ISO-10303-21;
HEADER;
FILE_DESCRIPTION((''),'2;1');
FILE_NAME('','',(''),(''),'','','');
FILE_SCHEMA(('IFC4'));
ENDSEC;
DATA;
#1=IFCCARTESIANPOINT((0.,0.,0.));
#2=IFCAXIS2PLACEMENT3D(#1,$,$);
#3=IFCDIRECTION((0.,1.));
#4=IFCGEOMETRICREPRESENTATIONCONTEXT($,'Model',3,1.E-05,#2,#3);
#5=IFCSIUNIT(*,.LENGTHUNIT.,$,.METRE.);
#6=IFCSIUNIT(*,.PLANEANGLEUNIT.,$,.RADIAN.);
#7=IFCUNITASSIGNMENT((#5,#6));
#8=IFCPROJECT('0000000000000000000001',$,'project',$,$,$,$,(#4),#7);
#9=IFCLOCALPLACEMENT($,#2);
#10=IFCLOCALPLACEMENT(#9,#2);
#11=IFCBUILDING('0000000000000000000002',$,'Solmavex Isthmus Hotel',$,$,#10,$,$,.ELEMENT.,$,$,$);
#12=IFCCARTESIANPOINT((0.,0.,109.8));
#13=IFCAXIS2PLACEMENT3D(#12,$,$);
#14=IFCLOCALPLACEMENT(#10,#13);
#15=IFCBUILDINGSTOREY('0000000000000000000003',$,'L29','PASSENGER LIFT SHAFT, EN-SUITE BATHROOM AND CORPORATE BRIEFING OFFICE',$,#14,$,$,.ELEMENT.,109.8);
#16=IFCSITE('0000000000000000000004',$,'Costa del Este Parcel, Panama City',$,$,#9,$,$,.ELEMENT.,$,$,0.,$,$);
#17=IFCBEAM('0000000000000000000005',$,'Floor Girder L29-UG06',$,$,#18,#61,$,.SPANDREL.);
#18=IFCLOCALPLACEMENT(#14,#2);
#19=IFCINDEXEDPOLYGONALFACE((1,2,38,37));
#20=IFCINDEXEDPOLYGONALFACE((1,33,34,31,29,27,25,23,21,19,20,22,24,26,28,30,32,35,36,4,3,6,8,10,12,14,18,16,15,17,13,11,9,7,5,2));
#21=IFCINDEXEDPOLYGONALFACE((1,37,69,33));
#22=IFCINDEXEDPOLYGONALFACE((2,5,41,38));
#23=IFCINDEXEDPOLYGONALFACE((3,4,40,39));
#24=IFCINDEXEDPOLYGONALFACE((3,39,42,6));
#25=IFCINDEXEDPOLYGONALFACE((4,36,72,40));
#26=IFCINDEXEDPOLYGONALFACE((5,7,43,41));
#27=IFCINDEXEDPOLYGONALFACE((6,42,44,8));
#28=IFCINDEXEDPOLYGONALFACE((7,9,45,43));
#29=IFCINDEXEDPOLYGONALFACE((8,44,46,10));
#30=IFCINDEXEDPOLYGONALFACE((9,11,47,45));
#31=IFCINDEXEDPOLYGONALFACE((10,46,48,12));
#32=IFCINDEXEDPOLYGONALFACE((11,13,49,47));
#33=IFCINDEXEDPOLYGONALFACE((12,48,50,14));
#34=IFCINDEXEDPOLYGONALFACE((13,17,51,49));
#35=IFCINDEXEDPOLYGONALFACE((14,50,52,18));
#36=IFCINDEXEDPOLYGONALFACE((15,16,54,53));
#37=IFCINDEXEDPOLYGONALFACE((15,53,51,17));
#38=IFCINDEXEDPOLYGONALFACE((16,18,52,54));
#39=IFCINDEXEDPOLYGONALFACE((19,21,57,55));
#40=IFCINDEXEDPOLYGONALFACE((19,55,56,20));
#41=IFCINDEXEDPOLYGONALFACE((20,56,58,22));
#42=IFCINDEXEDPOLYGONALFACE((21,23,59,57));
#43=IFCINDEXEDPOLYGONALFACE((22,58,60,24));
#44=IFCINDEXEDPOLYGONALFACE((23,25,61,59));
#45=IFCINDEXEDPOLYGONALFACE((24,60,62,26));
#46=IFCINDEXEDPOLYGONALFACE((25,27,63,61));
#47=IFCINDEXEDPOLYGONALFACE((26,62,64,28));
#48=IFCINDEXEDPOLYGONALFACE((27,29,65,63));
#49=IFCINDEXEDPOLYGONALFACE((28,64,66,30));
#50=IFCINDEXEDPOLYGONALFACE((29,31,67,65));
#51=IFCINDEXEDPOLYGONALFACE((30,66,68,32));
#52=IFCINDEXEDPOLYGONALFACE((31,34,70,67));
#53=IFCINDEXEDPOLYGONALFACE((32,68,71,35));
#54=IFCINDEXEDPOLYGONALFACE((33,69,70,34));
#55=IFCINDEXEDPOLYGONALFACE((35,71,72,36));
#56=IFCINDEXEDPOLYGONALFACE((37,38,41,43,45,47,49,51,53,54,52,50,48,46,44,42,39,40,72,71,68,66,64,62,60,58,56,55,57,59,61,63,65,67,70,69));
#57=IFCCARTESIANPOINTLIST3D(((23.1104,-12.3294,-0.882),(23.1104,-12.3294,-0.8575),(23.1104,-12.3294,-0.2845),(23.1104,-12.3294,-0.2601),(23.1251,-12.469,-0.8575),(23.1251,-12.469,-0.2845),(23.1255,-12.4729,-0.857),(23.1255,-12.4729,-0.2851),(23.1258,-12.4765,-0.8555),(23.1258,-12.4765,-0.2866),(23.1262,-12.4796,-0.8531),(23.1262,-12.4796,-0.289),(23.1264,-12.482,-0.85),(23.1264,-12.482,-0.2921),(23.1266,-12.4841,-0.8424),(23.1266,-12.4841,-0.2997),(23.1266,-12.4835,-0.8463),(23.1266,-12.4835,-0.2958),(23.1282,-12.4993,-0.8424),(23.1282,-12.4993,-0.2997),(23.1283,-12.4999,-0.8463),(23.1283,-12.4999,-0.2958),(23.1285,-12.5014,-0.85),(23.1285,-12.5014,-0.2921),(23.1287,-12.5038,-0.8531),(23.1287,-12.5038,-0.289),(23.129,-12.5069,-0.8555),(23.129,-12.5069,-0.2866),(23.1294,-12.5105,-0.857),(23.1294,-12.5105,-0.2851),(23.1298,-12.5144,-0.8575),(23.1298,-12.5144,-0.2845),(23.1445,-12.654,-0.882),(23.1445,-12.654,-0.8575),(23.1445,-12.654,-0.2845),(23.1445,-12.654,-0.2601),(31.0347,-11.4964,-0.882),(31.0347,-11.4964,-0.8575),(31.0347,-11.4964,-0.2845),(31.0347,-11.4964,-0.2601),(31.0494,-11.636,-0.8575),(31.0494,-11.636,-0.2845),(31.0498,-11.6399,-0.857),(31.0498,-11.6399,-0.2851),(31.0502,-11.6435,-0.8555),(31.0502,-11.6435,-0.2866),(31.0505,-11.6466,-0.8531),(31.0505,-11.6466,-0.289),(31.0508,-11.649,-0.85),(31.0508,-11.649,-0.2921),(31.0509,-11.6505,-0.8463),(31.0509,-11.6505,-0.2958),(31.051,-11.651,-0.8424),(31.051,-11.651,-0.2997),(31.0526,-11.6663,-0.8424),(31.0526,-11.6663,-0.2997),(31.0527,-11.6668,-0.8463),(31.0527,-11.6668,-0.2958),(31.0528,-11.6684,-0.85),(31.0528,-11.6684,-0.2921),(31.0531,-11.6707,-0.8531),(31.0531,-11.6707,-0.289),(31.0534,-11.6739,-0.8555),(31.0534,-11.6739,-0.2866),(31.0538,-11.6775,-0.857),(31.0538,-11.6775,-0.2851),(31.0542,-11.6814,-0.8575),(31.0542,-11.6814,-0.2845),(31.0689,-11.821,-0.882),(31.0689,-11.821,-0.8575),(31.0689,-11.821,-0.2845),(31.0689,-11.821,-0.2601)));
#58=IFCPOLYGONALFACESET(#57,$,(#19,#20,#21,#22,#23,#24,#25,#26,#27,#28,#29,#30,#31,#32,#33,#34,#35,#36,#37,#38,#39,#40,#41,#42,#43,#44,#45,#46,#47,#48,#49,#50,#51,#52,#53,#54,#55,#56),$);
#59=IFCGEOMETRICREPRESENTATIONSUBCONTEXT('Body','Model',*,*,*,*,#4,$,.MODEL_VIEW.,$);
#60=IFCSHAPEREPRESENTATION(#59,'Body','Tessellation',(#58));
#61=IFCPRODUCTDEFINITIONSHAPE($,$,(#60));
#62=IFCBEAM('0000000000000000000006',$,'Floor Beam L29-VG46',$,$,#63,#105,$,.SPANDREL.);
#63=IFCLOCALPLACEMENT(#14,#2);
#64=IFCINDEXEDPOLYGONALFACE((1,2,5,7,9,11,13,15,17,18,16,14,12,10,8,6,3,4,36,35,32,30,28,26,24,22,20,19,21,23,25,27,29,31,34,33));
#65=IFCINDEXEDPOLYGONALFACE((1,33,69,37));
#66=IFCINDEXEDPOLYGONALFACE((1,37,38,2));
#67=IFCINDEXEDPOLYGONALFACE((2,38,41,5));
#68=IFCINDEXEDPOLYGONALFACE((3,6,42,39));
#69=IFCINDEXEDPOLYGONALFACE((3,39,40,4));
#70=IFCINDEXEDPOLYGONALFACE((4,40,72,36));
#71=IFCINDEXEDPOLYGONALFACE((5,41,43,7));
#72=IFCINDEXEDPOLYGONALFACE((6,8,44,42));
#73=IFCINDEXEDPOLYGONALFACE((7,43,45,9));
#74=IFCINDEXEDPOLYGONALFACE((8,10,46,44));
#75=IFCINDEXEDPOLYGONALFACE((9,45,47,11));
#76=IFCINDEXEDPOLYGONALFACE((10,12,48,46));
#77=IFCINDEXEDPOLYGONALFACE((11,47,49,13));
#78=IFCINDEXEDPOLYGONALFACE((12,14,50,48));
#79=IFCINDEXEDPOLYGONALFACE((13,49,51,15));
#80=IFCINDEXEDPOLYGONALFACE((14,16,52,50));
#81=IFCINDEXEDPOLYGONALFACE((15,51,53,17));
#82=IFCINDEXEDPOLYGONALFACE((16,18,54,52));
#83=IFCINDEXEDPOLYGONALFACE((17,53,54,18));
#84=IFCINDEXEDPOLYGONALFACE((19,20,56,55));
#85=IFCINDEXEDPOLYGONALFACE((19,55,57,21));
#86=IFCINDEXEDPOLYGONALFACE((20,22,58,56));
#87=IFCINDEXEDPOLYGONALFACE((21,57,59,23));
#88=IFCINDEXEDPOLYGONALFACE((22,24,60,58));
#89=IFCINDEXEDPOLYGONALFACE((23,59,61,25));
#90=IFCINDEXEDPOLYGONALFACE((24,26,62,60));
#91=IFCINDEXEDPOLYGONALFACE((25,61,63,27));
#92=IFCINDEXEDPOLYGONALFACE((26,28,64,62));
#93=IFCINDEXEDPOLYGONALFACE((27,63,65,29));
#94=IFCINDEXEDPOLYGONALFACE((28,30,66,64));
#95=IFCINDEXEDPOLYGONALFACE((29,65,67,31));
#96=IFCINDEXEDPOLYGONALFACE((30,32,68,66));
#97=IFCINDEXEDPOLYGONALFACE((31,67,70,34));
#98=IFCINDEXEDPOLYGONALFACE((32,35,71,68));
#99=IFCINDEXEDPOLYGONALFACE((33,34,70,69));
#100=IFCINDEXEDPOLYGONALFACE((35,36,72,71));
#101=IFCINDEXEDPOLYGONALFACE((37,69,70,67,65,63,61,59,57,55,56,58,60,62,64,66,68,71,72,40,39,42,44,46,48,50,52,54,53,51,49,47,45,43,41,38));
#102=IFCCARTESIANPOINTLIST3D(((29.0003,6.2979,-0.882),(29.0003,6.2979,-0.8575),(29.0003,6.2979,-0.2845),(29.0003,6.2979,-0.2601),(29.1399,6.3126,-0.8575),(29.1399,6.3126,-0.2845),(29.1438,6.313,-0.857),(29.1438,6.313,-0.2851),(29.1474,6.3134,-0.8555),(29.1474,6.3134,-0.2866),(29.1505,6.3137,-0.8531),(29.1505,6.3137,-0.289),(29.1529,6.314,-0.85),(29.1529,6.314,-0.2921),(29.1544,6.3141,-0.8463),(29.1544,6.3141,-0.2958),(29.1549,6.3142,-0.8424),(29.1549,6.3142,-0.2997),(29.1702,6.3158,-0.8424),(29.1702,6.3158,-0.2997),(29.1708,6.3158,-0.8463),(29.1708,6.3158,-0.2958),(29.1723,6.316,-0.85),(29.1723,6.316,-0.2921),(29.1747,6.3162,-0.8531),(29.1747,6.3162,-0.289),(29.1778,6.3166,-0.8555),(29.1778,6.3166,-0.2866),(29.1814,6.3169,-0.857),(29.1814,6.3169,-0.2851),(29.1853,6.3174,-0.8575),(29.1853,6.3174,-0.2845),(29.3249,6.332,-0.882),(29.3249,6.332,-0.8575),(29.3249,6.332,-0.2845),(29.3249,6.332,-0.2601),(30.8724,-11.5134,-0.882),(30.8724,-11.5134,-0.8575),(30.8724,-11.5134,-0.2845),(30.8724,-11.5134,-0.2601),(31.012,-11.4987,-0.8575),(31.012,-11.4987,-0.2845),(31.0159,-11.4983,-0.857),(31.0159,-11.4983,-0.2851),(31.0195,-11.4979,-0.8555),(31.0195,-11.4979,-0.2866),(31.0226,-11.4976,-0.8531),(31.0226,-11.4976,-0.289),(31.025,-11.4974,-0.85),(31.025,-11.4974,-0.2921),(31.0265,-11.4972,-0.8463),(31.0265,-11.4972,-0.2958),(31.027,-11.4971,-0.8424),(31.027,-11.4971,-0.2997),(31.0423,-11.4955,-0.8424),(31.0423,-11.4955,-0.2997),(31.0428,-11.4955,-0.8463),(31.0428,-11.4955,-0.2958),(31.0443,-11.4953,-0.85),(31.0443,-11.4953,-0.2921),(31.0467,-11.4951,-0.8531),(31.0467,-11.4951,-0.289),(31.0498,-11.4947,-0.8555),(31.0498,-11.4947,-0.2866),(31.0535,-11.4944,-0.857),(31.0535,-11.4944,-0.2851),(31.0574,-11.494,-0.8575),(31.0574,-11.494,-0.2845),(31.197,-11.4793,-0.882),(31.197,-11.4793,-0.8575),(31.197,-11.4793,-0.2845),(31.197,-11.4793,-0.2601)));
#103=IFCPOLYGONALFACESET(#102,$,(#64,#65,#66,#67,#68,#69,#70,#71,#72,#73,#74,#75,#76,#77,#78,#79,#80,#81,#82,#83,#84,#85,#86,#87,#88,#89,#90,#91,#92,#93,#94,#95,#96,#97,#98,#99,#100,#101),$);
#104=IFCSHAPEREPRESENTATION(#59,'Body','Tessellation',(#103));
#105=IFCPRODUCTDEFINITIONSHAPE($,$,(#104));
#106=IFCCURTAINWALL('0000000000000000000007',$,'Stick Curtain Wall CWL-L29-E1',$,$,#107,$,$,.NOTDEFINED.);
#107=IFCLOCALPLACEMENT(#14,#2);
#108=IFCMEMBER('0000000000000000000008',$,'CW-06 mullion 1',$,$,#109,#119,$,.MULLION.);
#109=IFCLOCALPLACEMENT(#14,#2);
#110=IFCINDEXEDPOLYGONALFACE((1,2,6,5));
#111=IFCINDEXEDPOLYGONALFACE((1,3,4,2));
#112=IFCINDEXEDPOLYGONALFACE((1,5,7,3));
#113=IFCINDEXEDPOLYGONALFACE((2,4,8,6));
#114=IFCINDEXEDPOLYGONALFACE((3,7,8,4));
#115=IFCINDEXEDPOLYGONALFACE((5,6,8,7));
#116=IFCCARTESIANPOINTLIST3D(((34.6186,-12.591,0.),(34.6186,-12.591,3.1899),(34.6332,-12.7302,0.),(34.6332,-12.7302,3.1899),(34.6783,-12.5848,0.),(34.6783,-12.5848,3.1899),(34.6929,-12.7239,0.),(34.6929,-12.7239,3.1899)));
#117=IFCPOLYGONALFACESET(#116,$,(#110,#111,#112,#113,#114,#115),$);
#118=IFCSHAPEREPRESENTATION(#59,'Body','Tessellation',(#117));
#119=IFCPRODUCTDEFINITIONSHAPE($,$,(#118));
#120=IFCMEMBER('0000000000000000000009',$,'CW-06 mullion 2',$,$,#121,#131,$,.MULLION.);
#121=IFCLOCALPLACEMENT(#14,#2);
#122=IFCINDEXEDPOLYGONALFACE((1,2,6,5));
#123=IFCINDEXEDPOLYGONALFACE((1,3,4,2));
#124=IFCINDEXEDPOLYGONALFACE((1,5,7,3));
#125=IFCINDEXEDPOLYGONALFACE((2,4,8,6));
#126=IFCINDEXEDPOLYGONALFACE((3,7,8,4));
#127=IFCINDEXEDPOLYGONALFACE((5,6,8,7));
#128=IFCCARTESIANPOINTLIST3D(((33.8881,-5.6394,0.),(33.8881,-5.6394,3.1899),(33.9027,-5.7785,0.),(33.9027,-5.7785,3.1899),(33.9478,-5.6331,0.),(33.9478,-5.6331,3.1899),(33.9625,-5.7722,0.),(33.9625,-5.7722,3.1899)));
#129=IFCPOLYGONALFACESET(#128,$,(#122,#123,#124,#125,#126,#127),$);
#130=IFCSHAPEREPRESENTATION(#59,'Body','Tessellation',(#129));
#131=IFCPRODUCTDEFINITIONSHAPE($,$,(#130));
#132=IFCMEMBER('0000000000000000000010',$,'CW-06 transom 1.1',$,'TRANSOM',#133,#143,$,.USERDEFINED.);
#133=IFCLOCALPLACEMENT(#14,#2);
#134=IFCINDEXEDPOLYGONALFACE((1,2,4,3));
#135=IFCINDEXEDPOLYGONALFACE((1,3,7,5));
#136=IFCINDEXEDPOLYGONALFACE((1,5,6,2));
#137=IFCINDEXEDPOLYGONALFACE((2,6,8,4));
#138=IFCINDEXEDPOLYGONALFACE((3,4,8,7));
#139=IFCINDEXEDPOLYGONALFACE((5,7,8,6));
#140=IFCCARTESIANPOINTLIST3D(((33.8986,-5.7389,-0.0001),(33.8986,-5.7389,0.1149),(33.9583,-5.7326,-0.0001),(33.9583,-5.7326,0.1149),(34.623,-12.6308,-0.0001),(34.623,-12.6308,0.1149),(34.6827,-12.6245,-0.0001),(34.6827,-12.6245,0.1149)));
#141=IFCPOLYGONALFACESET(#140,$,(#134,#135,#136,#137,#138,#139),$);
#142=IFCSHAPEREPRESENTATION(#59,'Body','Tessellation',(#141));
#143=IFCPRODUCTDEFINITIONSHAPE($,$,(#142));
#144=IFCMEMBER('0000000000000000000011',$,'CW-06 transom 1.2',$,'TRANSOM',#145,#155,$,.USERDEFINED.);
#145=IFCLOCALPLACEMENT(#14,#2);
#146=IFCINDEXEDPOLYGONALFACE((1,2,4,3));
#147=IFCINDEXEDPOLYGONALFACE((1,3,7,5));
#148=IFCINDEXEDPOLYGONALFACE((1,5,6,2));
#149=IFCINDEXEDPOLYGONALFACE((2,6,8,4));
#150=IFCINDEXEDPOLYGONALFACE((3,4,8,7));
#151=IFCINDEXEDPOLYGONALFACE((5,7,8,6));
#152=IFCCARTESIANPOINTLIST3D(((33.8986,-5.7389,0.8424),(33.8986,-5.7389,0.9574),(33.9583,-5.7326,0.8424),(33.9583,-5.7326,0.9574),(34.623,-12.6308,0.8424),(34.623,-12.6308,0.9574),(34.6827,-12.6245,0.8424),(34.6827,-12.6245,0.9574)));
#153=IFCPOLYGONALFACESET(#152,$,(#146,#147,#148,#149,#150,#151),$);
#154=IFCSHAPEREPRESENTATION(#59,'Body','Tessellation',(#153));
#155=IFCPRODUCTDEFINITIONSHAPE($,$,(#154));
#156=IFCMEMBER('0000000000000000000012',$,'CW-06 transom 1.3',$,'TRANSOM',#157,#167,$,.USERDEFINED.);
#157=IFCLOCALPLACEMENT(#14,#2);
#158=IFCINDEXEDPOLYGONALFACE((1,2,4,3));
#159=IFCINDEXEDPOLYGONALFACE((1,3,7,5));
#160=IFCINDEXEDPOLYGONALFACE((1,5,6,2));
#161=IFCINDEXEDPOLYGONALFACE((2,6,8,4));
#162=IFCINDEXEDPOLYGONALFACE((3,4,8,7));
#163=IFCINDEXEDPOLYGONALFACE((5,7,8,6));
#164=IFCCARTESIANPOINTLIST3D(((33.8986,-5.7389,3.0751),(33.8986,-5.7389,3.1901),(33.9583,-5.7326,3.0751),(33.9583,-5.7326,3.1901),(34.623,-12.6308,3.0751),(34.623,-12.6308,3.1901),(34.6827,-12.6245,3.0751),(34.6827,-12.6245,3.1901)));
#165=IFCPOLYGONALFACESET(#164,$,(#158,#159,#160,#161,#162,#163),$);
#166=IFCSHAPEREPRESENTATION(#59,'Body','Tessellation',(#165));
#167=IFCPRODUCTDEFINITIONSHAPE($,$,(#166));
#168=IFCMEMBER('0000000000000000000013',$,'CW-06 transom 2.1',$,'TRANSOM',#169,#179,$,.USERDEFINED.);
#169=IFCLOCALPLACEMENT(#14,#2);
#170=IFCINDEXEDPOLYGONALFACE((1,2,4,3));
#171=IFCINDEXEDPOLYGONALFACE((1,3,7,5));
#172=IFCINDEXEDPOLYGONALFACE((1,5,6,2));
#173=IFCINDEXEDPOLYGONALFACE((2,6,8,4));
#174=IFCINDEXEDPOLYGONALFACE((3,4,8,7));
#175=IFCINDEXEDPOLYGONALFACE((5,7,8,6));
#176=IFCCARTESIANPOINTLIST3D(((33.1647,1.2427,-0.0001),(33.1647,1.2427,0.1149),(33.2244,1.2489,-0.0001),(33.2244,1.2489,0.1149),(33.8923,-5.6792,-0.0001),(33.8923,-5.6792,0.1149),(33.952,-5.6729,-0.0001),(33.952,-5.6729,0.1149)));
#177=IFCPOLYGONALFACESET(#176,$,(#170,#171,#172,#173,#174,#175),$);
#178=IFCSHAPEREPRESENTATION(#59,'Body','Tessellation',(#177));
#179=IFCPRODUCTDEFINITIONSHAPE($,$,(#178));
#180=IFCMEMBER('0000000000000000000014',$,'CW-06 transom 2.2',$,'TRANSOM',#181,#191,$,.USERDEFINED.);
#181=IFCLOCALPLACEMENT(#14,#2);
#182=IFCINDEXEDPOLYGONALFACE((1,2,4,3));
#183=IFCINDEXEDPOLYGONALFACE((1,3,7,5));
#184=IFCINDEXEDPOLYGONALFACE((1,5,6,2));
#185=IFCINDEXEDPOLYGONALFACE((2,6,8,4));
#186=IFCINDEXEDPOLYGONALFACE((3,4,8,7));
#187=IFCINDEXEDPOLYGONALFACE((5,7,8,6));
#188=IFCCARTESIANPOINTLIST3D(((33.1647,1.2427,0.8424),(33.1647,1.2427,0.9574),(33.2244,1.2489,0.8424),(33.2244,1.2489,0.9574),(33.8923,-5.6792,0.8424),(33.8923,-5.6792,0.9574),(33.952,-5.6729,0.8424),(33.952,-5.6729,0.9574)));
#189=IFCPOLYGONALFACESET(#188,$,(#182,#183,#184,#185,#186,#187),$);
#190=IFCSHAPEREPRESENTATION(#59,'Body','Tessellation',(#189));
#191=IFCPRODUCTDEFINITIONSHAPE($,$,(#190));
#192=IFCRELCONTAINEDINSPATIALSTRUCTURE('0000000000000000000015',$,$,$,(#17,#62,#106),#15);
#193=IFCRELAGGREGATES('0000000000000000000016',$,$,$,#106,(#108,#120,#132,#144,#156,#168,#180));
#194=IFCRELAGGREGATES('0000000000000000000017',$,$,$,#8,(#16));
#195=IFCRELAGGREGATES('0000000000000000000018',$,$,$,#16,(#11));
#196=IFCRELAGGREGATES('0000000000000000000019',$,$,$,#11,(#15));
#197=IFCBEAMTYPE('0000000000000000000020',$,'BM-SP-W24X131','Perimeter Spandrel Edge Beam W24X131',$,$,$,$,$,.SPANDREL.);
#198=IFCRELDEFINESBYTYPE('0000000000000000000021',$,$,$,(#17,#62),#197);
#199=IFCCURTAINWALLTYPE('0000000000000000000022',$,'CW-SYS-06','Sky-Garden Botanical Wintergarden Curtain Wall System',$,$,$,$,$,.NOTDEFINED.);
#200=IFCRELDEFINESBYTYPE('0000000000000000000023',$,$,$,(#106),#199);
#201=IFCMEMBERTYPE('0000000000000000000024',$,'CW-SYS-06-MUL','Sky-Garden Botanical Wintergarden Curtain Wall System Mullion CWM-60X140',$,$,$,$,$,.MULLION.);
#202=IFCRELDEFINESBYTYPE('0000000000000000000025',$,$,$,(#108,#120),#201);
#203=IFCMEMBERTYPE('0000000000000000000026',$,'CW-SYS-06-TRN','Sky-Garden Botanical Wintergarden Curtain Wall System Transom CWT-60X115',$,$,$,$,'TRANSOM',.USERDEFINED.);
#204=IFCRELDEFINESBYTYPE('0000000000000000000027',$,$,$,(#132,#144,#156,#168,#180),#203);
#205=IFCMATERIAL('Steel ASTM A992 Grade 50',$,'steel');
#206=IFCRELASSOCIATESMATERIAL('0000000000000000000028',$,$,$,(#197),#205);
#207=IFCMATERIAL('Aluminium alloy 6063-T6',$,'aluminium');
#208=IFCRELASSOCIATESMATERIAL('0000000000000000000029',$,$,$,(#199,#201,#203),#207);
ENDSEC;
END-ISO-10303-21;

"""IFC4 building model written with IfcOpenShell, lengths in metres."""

from ifc_helpers import new_model, si_unit, direction, frame, origin, origin_2d, place, context, subcontext, project, spatial, rectangle, i_section, extrude, material, material_profile, profile_set, type_object, element, aggregate, save


model = new_model("IFC4")

# Units and contexts
model_context = context("Model", 3, precision=1e-05, world=origin(), true_north=direction((0.0, 1.0)))
body_context = subcontext(model_context, "Body", "Model", "MODEL_VIEW")
ifc_project = project(units=[si_unit("LENGTHUNIT", "METRE"), si_unit("PLANEANGLEUNIT", "RADIAN")], contexts=[model_context])

# Site, building, storey
site_placement = place(None, origin())
site = spatial("IfcSite", under=ifc_project, at=site_placement, Name="Costa del Este Parcel, Panama City", CompositionType="ELEMENT", RefElevation=0.0)
building_placement = place(site_placement, origin())
building = spatial("IfcBuilding", under=site, at=building_placement, Name="Solmavex Isthmus Hotel", CompositionType="ELEMENT")
storey_placement = place(building_placement, frame((0.0, 0.0, 109.8)))
storey = spatial("IfcBuildingStorey", under=building, at=storey_placement, Name="L29", Description="PASSENGER LIFT SHAFT, EN-SUITE BATHROOM AND CORPORATE BRIEFING OFFICE", CompositionType="ELEMENT", Elevation=109.8)

# Beams
ifc_material_1 = material(Name="Steel ASTM A992 Grade 50", Category="steel")
ifc_material_profile_1 = material_profile(ifc_material_1, i_section(OverallWidth=0.3264, OverallDepth=0.6218, WebThickness=0.0154, FlangeThickness=0.0244, FilletRadius=0.0151, at=origin_2d()), Name="W24X131")
ifc_profile_set_1 = profile_set([ifc_material_profile_1], Name="Steel ASTM A992 Grade 50")
beam_type_1 = type_object("IfcBeamType", Name="BM-SP-W24X131", Description="Perimeter Spandrel Edge Beam W24X131", PredefinedType="SPANDREL", material=ifc_profile_set_1)
beam_1_placement = place(storey_placement, frame((23.1274, -12.4917, -0.571), z_axis=(0.99452, 0.104544, 0.0), x_axis=(-0.104544, 0.99452, 0.0)))
element("IfcBeam", 1, at=beam_1_placement, inside=storey, type_object=beam_type_1, Name="Floor Girder L29-UG06", PredefinedType="SPANDREL", context=body_context, shape_type="SweptSolid", body=[
    extrude(i_section(OverallWidth=0.3264, OverallDepth=0.6218, WebThickness=0.0154, FlangeThickness=0.0244, FilletRadius=0.0151, at=origin_2d()), origin(), (0.0, 0.0, 1.0), 7.968),
])
beam_2_placement = place(storey_placement, frame((31.0347, -11.4963, -0.571), z_axis=(-0.10453, 0.994522, 0.0), x_axis=(-0.994522, -0.10453, 0.0)))
element("IfcBeam", 2, at=beam_2_placement, inside=storey, type_object=beam_type_1, Name="Floor Beam L29-VG46", PredefinedType="SPANDREL", context=body_context, shape_type="SweptSolid", body=[
    extrude(i_section(OverallWidth=0.3264, OverallDepth=0.6218, WebThickness=0.0154, FlangeThickness=0.0244, FilletRadius=0.0151, at=origin_2d()), origin(), (0.0, 0.0, 1.0), 17.9094),
])

# Curtain wall, members
ifc_material_2 = material(Name="Aluminium alloy 6063-T6", Category="aluminium")
curtain_wall_type = type_object("IfcCurtainWallType", Name="CW-SYS-06", Description="Sky-Garden Botanical Wintergarden Curtain Wall System", PredefinedType="NOTDEFINED", material=ifc_material_2)
curtain_wall_placement = place(storey_placement, origin())
curtain_wall = element("IfcCurtainWall", 3, at=curtain_wall_placement, inside=storey, type_object=curtain_wall_type, Name="Stick Curtain Wall CWL-L29-E1", PredefinedType="NOTDEFINED")
ifc_material_profile_2 = material_profile(ifc_material_2, rectangle(XDim=0.0601, YDim=0.1399, at=origin_2d()), Name="CWM-60X140")
ifc_profile_set_2 = profile_set([ifc_material_profile_2], Name="Aluminium alloy 6063-T6")
member_type_1 = type_object("IfcMemberType", Name="CW-SYS-06-MUL", Description="Sky-Garden Botanical Wintergarden Curtain Wall System Mullion CWM-60X140", PredefinedType="MULLION", material=ifc_profile_set_2)
member_1_placement = place(storey_placement, frame((34.6558, -12.6575, 0.0), z_axis=(0.0, 0.0, 1.0), x_axis=(-0.994522, -0.104528, 0.0)))
member_1 = element("IfcMember", 4, at=member_1_placement, type_object=member_type_1, Name="CW-06 mullion 1", PredefinedType="MULLION", context=body_context, shape_type="SweptSolid", body=[
    extrude(rectangle(XDim=0.0601, YDim=0.1399, at=origin_2d()), origin(), (0.0, 0.0, 1.0), 3.1899),
])
member_2_placement = place(storey_placement, frame((33.9253, -5.7058, 0.0), z_axis=(0.0, 0.0, 1.0), x_axis=(-0.994522, -0.104528, 0.0)))
member_2 = element("IfcMember", 5, at=member_2_placement, type_object=member_type_1, Name="CW-06 mullion 2", PredefinedType="MULLION", context=body_context, shape_type="SweptSolid", body=[
    extrude(rectangle(XDim=0.0601, YDim=0.1399, at=origin_2d()), origin(), (0.0, 0.0, 1.0), 3.1899),
])
ifc_material_profile_3 = material_profile(ifc_material_2, rectangle(XDim=0.0601, YDim=0.115, at=origin_2d()), Name="CWT-60X115")
ifc_profile_set_3 = profile_set([ifc_material_profile_3], Name="Aluminium alloy 6063-T6")
member_type_2 = type_object("IfcMemberType", Name="CW-SYS-06-TRN", Description="Sky-Garden Botanical Wintergarden Curtain Wall System Transom CWT-60X115", ElementType="TRANSOM", PredefinedType="USERDEFINED", material=ifc_profile_set_3)
member_3_placement = place(storey_placement, frame((34.6528, -12.6277, 0.0574), z_axis=(-0.104525, 0.994522, 0.0), x_axis=(-0.994522, -0.104525, 0.0)))
member_3 = element("IfcMember", 6, at=member_3_placement, type_object=member_type_2, Name="CW-06 transom 1.1", ObjectType="TRANSOM", PredefinedType="USERDEFINED", context=body_context, shape_type="SweptSolid", body=[
    extrude(rectangle(XDim=0.0601, YDim=0.115, at=origin_2d()), origin(), (0.0, 0.0, 1.0), 6.9299),
])
member_4_placement = place(storey_placement, frame((34.6528, -12.6277, 0.8999), z_axis=(-0.104525, 0.994522, 0.0), x_axis=(-0.994522, -0.104525, 0.0)))
member_4 = element("IfcMember", 7, at=member_4_placement, type_object=member_type_2, Name="CW-06 transom 1.2", ObjectType="TRANSOM", PredefinedType="USERDEFINED", context=body_context, shape_type="SweptSolid", body=[
    extrude(rectangle(XDim=0.0601, YDim=0.115, at=origin_2d()), origin(), (0.0, 0.0, 1.0), 6.9299),
])
member_5_placement = place(storey_placement, frame((34.6528, -12.6277, 3.1326), z_axis=(-0.104525, 0.994522, 0.0), x_axis=(-0.994522, -0.104525, 0.0)))
member_5 = element("IfcMember", 8, at=member_5_placement, type_object=member_type_2, Name="CW-06 transom 1.3", ObjectType="TRANSOM", PredefinedType="USERDEFINED", context=body_context, shape_type="SweptSolid", body=[
    extrude(rectangle(XDim=0.0601, YDim=0.115, at=origin_2d()), origin(), (0.0, 0.0, 1.0), 6.9299),
])
member_6_placement = place(storey_placement, frame((33.9221, -5.676, 0.0574), z_axis=(-0.104531, 0.994522, 0.0), x_axis=(-0.994522, -0.104531, 0.0)))
member_6 = element("IfcMember", 9, at=member_6_placement, type_object=member_type_2, Name="CW-06 transom 2.1", ObjectType="TRANSOM", PredefinedType="USERDEFINED", context=body_context, shape_type="SweptSolid", body=[
    extrude(rectangle(XDim=0.0601, YDim=0.115, at=origin_2d()), origin(), (0.0, 0.0, 1.0), 6.96),
])
member_7_placement = place(storey_placement, frame((33.9221, -5.676, 0.8999), z_axis=(-0.104531, 0.994522, 0.0), x_axis=(-0.994522, -0.104531, 0.0)))
member_7 = element("IfcMember", 10, at=member_7_placement, type_object=member_type_2, Name="CW-06 transom 2.2", ObjectType="TRANSOM", PredefinedType="USERDEFINED", context=body_context, shape_type="SweptSolid", body=[
    extrude(rectangle(XDim=0.0601, YDim=0.115, at=origin_2d()), origin(), (0.0, 0.0, 1.0), 6.96),
])
aggregate(curtain_wall, [member_1, member_2, member_3, member_4, member_5, member_6, member_7])

save(model, "model.ifc")
